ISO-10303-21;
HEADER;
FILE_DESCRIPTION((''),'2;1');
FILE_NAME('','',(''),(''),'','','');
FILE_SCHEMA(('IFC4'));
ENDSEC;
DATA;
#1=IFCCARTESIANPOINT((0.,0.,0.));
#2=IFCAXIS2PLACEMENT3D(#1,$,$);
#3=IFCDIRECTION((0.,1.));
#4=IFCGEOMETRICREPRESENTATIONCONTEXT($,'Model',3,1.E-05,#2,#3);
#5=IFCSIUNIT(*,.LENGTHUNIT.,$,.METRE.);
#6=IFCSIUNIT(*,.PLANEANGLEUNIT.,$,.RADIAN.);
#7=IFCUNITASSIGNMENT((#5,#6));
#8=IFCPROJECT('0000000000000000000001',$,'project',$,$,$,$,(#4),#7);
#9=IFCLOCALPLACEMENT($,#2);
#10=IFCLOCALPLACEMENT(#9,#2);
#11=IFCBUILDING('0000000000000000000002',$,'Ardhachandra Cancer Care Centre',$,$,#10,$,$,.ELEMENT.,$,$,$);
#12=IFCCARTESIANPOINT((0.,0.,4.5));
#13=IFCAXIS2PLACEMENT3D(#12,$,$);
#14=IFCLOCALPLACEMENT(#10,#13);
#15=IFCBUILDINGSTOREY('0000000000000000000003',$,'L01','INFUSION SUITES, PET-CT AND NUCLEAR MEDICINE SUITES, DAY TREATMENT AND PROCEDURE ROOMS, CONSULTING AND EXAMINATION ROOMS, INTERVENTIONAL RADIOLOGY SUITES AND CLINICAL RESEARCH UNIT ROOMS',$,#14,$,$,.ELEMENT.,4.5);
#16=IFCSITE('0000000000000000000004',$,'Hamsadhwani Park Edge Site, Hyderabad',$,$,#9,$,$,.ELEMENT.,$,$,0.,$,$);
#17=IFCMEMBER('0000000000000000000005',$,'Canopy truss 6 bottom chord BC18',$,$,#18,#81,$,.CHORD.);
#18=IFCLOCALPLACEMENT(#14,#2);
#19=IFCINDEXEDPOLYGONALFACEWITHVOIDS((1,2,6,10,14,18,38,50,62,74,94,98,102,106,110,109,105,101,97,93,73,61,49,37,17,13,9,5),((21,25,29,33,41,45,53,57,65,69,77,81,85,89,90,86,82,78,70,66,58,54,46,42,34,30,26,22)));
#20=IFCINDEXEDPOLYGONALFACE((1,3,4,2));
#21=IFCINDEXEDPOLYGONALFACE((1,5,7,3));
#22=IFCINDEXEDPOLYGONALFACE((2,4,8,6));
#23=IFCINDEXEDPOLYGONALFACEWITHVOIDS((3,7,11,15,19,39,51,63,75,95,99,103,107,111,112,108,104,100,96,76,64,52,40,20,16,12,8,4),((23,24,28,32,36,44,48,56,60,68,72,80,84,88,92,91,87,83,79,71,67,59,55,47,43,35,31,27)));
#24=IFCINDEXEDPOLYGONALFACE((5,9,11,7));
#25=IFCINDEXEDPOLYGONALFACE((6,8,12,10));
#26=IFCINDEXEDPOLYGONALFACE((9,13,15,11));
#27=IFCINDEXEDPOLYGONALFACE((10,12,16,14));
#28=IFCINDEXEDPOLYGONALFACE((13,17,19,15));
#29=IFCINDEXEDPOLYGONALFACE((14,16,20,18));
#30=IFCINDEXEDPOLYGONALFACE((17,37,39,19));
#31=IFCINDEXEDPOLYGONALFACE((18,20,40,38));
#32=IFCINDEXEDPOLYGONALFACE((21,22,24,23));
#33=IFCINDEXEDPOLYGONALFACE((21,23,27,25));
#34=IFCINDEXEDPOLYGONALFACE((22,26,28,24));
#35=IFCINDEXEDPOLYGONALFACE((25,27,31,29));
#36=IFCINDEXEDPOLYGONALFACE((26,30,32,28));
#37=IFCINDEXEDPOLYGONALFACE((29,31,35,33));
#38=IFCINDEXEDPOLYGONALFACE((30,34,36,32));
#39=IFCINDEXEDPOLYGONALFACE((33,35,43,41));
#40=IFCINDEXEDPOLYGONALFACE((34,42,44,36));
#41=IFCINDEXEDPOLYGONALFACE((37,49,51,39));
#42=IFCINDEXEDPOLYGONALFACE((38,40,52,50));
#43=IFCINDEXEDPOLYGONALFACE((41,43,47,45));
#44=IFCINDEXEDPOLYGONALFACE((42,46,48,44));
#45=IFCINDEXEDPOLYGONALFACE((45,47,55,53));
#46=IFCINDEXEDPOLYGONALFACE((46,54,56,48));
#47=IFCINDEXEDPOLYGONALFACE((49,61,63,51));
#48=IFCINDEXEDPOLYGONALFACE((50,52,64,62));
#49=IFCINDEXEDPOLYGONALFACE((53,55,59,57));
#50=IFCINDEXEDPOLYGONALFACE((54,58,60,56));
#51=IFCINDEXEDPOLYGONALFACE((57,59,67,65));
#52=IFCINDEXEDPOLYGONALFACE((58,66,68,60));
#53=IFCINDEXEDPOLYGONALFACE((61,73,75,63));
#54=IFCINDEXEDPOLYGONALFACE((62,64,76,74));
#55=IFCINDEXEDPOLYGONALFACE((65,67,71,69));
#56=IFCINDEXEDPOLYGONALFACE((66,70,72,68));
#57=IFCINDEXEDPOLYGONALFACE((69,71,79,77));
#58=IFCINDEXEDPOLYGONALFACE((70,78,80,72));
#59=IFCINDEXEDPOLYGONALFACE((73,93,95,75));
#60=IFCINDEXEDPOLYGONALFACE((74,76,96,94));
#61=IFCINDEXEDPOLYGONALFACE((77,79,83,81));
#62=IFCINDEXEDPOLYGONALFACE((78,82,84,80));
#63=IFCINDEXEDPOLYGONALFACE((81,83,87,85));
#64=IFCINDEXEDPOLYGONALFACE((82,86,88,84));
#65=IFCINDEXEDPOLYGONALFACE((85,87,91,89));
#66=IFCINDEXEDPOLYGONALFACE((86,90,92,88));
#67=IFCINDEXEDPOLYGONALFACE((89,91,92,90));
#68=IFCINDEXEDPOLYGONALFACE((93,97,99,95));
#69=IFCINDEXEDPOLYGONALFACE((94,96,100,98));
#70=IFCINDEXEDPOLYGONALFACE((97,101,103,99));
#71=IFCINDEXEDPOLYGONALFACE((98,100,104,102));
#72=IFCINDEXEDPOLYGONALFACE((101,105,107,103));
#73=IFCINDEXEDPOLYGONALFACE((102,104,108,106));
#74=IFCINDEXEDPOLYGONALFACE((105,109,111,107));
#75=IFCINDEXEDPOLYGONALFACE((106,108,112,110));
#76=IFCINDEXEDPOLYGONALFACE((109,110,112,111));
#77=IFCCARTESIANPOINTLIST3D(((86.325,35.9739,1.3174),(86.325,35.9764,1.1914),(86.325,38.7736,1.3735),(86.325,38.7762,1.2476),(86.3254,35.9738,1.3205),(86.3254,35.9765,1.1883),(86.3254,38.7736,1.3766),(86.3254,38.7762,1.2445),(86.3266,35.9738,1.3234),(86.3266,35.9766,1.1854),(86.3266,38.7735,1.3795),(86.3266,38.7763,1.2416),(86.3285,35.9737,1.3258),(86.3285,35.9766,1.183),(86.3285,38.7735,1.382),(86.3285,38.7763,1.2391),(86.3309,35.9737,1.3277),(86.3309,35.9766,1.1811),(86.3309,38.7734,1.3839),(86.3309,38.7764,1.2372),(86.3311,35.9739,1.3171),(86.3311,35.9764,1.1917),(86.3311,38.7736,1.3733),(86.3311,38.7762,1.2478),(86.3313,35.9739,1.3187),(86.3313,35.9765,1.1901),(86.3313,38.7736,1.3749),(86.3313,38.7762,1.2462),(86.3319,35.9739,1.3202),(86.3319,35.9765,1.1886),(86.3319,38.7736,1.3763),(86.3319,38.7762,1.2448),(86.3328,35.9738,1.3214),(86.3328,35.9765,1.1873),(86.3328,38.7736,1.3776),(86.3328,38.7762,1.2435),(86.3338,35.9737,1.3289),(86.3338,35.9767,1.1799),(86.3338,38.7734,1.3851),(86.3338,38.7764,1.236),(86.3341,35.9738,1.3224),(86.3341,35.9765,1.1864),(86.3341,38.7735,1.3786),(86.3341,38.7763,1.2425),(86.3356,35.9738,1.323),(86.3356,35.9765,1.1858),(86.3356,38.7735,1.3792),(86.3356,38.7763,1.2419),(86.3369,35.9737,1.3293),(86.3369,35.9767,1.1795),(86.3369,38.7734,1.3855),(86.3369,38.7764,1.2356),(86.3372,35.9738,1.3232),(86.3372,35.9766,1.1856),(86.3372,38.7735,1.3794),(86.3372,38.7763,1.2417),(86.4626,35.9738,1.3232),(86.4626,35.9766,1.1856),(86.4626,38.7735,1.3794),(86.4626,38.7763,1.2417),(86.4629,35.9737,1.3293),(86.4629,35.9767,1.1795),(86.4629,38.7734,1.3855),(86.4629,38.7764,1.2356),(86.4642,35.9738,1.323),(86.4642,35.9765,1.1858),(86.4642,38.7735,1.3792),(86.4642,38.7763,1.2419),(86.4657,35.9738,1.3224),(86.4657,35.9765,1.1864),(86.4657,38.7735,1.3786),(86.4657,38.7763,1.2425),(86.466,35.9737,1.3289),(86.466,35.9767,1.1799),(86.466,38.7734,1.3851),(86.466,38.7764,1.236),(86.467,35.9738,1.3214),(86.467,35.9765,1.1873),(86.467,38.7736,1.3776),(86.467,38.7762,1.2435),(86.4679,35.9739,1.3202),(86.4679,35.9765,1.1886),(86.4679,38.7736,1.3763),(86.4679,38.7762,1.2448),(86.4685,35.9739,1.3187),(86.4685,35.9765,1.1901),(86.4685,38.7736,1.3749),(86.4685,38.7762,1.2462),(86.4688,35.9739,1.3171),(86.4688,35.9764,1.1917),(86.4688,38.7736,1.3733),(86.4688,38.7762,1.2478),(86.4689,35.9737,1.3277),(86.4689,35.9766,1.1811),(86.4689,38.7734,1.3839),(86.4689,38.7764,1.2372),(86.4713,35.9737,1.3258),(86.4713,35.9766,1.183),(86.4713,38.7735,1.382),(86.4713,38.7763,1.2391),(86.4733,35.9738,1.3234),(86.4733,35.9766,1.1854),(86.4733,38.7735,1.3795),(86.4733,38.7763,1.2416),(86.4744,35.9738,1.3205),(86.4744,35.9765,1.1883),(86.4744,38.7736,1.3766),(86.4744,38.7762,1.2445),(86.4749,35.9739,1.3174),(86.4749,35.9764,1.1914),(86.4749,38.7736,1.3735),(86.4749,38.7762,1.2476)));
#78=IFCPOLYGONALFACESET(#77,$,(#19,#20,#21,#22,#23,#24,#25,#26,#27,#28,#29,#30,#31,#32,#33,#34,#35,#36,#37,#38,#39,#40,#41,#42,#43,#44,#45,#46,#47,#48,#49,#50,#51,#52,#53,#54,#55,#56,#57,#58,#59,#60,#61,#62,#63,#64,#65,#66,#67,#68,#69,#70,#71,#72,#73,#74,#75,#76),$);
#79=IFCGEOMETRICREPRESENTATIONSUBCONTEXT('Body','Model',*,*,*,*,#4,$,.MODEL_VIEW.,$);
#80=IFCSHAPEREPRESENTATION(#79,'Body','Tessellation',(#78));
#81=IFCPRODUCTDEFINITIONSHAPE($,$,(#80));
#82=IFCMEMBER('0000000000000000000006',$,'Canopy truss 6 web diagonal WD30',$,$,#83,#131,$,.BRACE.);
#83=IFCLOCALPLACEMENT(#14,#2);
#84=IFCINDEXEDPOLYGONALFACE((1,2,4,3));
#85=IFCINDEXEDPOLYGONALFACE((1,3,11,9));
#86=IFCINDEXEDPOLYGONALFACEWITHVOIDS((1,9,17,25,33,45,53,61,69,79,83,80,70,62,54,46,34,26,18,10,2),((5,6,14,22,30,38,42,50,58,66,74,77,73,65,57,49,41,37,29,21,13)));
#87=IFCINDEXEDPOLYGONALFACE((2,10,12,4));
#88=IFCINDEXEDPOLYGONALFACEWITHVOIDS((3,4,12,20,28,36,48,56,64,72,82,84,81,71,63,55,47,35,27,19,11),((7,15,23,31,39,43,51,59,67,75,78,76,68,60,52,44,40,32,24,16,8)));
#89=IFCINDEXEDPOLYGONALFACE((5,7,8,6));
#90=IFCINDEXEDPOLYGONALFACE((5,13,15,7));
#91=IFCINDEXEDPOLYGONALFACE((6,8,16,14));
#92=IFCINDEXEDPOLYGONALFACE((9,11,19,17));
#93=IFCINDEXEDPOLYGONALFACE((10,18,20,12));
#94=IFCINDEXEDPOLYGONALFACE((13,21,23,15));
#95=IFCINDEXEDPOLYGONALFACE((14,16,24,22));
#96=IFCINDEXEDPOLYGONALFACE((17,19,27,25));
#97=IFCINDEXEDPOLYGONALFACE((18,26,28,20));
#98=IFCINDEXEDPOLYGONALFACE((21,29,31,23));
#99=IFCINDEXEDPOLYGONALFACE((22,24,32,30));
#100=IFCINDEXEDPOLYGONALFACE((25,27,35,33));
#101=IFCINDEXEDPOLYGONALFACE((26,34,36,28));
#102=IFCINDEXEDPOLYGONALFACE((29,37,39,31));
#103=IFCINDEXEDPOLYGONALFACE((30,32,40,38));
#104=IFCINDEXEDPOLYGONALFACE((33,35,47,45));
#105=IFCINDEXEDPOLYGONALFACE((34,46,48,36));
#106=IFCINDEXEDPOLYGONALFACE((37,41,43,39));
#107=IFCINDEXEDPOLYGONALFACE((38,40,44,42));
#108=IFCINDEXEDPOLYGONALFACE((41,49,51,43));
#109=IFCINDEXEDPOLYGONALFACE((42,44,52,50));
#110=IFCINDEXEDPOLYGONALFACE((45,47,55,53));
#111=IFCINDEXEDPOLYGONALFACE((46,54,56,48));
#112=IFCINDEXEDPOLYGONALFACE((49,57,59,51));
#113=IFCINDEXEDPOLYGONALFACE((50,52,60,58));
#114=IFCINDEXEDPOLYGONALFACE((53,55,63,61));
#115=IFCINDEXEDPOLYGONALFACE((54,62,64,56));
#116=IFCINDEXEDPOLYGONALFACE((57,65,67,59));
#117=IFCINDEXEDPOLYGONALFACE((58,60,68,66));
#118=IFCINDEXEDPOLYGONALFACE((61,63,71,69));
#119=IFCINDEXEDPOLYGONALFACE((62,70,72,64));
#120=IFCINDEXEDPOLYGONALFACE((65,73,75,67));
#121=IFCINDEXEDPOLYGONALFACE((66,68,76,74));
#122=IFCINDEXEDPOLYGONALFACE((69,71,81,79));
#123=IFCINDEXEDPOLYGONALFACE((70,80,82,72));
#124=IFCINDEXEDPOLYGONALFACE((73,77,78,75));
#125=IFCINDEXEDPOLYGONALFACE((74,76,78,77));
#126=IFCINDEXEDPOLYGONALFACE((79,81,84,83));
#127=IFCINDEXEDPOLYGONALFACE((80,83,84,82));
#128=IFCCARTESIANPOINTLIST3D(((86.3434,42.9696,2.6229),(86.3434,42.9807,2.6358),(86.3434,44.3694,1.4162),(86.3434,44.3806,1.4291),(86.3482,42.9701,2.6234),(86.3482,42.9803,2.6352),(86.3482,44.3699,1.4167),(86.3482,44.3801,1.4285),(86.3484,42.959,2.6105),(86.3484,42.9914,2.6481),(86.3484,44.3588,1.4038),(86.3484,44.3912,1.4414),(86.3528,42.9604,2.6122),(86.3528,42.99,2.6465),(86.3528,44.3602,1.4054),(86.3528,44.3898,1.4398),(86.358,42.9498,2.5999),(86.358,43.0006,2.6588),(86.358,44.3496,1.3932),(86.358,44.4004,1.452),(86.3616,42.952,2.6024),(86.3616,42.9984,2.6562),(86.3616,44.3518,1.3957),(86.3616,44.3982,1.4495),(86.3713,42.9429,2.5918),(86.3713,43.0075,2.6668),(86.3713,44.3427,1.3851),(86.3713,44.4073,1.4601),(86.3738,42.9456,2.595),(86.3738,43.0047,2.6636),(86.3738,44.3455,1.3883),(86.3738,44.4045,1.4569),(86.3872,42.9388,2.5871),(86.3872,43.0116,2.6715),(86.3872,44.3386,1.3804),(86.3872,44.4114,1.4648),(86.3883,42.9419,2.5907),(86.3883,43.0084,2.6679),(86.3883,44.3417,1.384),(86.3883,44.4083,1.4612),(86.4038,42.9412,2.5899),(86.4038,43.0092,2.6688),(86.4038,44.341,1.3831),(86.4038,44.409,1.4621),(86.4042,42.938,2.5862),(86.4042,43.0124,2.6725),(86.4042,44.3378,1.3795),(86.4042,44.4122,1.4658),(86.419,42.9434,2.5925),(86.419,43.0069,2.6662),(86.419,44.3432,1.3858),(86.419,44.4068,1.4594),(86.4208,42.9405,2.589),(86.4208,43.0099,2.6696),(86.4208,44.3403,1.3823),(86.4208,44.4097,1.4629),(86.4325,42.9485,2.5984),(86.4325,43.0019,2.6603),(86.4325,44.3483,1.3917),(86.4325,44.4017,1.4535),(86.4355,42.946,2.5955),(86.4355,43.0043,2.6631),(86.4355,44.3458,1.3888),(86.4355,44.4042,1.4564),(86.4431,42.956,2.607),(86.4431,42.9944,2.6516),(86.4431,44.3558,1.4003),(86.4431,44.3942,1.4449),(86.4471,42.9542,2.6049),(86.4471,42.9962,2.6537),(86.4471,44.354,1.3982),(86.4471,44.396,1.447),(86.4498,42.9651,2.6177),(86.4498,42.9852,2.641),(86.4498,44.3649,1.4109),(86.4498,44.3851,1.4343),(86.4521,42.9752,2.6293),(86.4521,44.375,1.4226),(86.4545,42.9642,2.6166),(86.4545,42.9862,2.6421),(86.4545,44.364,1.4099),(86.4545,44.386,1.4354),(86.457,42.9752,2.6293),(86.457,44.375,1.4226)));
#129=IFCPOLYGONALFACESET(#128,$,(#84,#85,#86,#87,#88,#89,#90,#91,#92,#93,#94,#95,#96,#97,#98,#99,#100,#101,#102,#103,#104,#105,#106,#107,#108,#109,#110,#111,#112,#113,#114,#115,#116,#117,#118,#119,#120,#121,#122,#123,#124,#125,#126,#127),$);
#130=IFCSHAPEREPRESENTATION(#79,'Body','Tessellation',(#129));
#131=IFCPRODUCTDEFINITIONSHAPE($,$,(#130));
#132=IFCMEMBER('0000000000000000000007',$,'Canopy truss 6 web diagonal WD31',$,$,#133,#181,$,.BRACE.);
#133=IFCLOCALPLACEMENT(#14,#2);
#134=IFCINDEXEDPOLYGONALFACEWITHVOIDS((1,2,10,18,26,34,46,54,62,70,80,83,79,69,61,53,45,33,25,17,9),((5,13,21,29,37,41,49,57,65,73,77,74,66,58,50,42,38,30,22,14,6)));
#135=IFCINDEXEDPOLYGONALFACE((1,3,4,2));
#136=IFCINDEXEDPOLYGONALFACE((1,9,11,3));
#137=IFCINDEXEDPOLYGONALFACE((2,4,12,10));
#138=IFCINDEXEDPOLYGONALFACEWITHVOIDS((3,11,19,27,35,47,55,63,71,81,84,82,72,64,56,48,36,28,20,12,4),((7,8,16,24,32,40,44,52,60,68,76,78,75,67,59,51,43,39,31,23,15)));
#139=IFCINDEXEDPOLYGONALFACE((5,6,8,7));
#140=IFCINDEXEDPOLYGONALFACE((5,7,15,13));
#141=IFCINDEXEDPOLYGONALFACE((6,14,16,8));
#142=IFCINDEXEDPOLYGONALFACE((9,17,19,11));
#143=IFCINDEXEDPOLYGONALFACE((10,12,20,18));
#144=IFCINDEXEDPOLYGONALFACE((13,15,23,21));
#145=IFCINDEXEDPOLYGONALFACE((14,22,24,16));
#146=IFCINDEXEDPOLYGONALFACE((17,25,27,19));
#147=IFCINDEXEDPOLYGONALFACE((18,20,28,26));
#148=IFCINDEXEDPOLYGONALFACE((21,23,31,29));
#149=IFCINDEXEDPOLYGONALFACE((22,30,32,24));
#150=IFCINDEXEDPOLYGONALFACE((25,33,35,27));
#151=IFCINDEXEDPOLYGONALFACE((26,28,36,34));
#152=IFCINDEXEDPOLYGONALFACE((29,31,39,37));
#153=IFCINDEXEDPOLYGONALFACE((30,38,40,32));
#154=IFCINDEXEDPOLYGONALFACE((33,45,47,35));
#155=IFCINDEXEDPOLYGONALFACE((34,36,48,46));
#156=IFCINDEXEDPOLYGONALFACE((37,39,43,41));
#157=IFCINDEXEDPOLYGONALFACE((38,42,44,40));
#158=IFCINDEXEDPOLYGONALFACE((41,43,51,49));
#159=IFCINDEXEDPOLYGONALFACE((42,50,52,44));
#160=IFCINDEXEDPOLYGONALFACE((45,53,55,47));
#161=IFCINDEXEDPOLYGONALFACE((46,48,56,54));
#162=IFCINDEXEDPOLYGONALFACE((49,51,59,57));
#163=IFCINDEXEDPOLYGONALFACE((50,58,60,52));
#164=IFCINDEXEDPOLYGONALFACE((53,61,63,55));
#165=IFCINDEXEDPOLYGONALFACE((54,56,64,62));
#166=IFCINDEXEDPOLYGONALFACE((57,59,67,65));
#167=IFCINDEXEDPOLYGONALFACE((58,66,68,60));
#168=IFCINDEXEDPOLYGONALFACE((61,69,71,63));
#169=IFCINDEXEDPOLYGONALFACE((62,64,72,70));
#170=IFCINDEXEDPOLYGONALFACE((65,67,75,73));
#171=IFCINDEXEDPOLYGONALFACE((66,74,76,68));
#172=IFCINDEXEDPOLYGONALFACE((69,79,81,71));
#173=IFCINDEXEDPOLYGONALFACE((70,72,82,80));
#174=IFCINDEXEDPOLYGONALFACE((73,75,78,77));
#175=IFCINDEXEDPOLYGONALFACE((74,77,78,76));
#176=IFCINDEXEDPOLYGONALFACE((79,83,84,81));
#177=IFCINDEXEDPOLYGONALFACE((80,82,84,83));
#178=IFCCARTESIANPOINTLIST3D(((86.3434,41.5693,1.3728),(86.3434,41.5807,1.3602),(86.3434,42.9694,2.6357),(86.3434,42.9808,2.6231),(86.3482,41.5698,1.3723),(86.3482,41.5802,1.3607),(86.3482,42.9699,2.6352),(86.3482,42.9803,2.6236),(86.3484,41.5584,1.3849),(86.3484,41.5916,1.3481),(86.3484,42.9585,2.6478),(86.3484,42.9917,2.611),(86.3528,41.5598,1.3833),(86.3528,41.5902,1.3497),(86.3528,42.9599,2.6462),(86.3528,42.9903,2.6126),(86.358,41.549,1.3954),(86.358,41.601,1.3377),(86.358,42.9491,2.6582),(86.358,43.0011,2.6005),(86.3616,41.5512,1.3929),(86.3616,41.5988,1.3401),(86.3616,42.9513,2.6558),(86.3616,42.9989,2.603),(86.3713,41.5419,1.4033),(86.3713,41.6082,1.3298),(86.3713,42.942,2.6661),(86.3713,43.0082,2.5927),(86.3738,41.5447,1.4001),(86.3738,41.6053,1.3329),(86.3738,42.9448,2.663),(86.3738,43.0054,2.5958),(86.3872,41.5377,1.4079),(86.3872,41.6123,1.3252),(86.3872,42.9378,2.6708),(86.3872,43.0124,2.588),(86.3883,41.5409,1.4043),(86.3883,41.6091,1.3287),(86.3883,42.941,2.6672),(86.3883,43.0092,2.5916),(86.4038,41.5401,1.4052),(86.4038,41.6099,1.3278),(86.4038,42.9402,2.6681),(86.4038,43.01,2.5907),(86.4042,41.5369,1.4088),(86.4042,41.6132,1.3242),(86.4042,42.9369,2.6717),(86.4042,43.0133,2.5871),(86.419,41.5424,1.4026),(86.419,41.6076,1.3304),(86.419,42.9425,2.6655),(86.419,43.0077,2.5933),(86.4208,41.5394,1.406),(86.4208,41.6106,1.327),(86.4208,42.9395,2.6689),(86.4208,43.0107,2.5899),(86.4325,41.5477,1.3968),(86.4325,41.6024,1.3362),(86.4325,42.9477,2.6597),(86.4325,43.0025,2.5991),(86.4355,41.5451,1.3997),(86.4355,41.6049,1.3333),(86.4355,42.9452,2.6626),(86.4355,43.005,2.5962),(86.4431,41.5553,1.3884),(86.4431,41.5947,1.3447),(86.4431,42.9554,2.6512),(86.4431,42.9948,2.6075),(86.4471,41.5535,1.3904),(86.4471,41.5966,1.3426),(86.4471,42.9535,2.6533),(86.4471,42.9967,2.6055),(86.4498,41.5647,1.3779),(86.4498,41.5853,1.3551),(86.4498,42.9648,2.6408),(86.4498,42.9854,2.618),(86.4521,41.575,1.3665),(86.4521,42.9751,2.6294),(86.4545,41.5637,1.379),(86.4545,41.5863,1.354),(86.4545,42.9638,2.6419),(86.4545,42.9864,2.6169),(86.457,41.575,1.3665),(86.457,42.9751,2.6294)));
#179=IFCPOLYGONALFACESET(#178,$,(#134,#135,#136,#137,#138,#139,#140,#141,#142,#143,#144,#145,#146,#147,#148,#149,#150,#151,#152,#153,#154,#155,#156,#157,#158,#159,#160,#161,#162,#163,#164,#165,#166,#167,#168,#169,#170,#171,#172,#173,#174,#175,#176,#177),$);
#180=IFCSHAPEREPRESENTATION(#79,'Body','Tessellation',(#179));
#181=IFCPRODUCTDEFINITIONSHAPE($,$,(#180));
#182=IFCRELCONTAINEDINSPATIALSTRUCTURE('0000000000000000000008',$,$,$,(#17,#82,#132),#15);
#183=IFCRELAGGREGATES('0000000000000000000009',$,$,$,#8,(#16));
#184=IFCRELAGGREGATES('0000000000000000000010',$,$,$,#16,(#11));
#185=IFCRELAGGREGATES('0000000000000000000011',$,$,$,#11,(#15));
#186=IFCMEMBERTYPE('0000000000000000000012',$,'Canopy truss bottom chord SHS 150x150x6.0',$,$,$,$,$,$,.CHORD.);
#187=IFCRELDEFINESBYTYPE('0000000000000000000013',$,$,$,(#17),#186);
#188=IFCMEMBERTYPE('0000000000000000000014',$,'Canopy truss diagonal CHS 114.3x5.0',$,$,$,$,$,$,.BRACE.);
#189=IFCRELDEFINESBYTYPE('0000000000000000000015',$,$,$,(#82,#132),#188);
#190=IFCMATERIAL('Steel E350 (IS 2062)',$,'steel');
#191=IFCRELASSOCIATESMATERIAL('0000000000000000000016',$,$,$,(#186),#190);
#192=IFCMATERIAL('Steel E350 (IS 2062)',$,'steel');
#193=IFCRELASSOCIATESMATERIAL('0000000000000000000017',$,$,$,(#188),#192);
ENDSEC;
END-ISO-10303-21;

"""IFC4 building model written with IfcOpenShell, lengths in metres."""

from ifc_helpers import new_model, si_unit, direction, frame, origin, origin_2d, place, context, subcontext, project, spatial, hollow_rectangle, hollow_circle, extrude, material, material_profile, profile_set, type_object, element, save


model = new_model("IFC4")

# Units and contexts
model_context = context("Model", 3, precision=1e-05, world=origin(), true_north=direction((0.0, 1.0)))
body_context = subcontext(model_context, "Body", "Model", "MODEL_VIEW")
ifc_project = project(units=[si_unit("LENGTHUNIT", "METRE"), si_unit("PLANEANGLEUNIT", "RADIAN")], contexts=[model_context])

# Site, building, storey
site_placement = place(None, origin())
site = spatial("IfcSite", under=ifc_project, at=site_placement, Name="Hamsadhwani Park Edge Site, Hyderabad", CompositionType="ELEMENT", RefElevation=0.0)
building_placement = place(site_placement, origin())
building = spatial("IfcBuilding", under=site, at=building_placement, Name="Ardhachandra Cancer Care Centre", CompositionType="ELEMENT")
storey_placement = place(building_placement, frame((0.0, 0.0, 4.5)))
storey = spatial("IfcBuildingStorey", under=building, at=storey_placement, Name="L01", Description="INFUSION SUITES, PET-CT AND NUCLEAR MEDICINE SUITES, DAY TREATMENT AND PROCEDURE ROOMS, CONSULTING AND EXAMINATION ROOMS, INTERVENTIONAL RADIOLOGY SUITES AND CLINICAL RESEARCH UNIT ROOMS", CompositionType="ELEMENT", Elevation=4.5)

# Members
ifc_material_1 = material(Name="Steel E350 (IS 2062)", Category="steel")
ifc_material_profile_1 = material_profile(ifc_material_1, hollow_rectangle(XDim=0.1499, YDim=0.1499, WallThickness=0.0061, InnerFilletRadius=0.0061, OuterFilletRadius=0.012, at=origin_2d()), Name="SHS 150x150x6.0")
ifc_profile_set_1 = profile_set([ifc_material_profile_1], Name="Steel E350 (IS 2062)")
member_type_1 = type_object("IfcMemberType", Name="Canopy truss bottom chord SHS 150x150x6.0", PredefinedType="CHORD", material=ifc_profile_set_1)
member_1_placement = place(storey_placement, frame((86.3999, 38.7749, 1.3105), z_axis=(0.0, -0.999799, -0.020052), x_axis=(1.0, 0.0, 0.0)))
element("IfcMember", 1, at=member_1_placement, inside=storey, type_object=member_type_1, Name="Canopy truss 6 bottom chord BC18", PredefinedType="CHORD", context=body_context, shape_type="SweptSolid", body=[
    extrude(hollow_rectangle(XDim=0.1499, YDim=0.1499, WallThickness=0.0061, InnerFilletRadius=0.0061, OuterFilletRadius=0.012, at=origin_2d()), origin(), (0.0, 0.0, 1.0), 2.8003),
])
ifc_material_2 = material(Name="Steel E350 (IS 2062)", Category="steel")
ifc_material_profile_2 = material_profile(ifc_material_2, hollow_circle(Radius=0.0571, WallThickness=0.0049, at=origin_2d()), Name="CHS 114.3x5.0")
ifc_profile_set_2 = profile_set([ifc_material_profile_2], Name="Steel E350 (IS 2062)")
member_type_2 = type_object("IfcMemberType", Name="Canopy truss diagonal CHS 114.3x5.0", PredefinedType="BRACE", material=ifc_profile_set_2)
member_2_placement = place(storey_placement, frame((86.3999, 44.375, 1.4226), z_axis=(0.0, -0.757417, 0.652932), x_axis=(1.0, 0.0, 0.0)))
element("IfcMember", 2, at=member_2_placement, inside=storey, type_object=member_type_2, Name="Canopy truss 6 web diagonal WD30", PredefinedType="BRACE", context=body_context, shape_type="SweptSolid", body=[
    extrude(hollow_circle(Radius=0.0571, WallThickness=0.0049, at=origin_2d()), origin(), (0.0, 0.0, 1.0), 1.8481),
])
member_3_placement = place(storey_placement, frame((86.3999, 42.9751, 2.6294), z_axis=(0.0, -0.742553, -0.669787), x_axis=(1.0, 0.0, 0.0)))
element("IfcMember", 3, at=member_3_placement, inside=storey, type_object=member_type_2, Name="Canopy truss 6 web diagonal WD31", PredefinedType="BRACE", context=body_context, shape_type="SweptSolid", body=[
    extrude(hollow_circle(Radius=0.0571, WallThickness=0.0049, at=origin_2d()), origin(), (0.0, 0.0, 1.0), 1.8855),
])

save(model, "model.ifc")
